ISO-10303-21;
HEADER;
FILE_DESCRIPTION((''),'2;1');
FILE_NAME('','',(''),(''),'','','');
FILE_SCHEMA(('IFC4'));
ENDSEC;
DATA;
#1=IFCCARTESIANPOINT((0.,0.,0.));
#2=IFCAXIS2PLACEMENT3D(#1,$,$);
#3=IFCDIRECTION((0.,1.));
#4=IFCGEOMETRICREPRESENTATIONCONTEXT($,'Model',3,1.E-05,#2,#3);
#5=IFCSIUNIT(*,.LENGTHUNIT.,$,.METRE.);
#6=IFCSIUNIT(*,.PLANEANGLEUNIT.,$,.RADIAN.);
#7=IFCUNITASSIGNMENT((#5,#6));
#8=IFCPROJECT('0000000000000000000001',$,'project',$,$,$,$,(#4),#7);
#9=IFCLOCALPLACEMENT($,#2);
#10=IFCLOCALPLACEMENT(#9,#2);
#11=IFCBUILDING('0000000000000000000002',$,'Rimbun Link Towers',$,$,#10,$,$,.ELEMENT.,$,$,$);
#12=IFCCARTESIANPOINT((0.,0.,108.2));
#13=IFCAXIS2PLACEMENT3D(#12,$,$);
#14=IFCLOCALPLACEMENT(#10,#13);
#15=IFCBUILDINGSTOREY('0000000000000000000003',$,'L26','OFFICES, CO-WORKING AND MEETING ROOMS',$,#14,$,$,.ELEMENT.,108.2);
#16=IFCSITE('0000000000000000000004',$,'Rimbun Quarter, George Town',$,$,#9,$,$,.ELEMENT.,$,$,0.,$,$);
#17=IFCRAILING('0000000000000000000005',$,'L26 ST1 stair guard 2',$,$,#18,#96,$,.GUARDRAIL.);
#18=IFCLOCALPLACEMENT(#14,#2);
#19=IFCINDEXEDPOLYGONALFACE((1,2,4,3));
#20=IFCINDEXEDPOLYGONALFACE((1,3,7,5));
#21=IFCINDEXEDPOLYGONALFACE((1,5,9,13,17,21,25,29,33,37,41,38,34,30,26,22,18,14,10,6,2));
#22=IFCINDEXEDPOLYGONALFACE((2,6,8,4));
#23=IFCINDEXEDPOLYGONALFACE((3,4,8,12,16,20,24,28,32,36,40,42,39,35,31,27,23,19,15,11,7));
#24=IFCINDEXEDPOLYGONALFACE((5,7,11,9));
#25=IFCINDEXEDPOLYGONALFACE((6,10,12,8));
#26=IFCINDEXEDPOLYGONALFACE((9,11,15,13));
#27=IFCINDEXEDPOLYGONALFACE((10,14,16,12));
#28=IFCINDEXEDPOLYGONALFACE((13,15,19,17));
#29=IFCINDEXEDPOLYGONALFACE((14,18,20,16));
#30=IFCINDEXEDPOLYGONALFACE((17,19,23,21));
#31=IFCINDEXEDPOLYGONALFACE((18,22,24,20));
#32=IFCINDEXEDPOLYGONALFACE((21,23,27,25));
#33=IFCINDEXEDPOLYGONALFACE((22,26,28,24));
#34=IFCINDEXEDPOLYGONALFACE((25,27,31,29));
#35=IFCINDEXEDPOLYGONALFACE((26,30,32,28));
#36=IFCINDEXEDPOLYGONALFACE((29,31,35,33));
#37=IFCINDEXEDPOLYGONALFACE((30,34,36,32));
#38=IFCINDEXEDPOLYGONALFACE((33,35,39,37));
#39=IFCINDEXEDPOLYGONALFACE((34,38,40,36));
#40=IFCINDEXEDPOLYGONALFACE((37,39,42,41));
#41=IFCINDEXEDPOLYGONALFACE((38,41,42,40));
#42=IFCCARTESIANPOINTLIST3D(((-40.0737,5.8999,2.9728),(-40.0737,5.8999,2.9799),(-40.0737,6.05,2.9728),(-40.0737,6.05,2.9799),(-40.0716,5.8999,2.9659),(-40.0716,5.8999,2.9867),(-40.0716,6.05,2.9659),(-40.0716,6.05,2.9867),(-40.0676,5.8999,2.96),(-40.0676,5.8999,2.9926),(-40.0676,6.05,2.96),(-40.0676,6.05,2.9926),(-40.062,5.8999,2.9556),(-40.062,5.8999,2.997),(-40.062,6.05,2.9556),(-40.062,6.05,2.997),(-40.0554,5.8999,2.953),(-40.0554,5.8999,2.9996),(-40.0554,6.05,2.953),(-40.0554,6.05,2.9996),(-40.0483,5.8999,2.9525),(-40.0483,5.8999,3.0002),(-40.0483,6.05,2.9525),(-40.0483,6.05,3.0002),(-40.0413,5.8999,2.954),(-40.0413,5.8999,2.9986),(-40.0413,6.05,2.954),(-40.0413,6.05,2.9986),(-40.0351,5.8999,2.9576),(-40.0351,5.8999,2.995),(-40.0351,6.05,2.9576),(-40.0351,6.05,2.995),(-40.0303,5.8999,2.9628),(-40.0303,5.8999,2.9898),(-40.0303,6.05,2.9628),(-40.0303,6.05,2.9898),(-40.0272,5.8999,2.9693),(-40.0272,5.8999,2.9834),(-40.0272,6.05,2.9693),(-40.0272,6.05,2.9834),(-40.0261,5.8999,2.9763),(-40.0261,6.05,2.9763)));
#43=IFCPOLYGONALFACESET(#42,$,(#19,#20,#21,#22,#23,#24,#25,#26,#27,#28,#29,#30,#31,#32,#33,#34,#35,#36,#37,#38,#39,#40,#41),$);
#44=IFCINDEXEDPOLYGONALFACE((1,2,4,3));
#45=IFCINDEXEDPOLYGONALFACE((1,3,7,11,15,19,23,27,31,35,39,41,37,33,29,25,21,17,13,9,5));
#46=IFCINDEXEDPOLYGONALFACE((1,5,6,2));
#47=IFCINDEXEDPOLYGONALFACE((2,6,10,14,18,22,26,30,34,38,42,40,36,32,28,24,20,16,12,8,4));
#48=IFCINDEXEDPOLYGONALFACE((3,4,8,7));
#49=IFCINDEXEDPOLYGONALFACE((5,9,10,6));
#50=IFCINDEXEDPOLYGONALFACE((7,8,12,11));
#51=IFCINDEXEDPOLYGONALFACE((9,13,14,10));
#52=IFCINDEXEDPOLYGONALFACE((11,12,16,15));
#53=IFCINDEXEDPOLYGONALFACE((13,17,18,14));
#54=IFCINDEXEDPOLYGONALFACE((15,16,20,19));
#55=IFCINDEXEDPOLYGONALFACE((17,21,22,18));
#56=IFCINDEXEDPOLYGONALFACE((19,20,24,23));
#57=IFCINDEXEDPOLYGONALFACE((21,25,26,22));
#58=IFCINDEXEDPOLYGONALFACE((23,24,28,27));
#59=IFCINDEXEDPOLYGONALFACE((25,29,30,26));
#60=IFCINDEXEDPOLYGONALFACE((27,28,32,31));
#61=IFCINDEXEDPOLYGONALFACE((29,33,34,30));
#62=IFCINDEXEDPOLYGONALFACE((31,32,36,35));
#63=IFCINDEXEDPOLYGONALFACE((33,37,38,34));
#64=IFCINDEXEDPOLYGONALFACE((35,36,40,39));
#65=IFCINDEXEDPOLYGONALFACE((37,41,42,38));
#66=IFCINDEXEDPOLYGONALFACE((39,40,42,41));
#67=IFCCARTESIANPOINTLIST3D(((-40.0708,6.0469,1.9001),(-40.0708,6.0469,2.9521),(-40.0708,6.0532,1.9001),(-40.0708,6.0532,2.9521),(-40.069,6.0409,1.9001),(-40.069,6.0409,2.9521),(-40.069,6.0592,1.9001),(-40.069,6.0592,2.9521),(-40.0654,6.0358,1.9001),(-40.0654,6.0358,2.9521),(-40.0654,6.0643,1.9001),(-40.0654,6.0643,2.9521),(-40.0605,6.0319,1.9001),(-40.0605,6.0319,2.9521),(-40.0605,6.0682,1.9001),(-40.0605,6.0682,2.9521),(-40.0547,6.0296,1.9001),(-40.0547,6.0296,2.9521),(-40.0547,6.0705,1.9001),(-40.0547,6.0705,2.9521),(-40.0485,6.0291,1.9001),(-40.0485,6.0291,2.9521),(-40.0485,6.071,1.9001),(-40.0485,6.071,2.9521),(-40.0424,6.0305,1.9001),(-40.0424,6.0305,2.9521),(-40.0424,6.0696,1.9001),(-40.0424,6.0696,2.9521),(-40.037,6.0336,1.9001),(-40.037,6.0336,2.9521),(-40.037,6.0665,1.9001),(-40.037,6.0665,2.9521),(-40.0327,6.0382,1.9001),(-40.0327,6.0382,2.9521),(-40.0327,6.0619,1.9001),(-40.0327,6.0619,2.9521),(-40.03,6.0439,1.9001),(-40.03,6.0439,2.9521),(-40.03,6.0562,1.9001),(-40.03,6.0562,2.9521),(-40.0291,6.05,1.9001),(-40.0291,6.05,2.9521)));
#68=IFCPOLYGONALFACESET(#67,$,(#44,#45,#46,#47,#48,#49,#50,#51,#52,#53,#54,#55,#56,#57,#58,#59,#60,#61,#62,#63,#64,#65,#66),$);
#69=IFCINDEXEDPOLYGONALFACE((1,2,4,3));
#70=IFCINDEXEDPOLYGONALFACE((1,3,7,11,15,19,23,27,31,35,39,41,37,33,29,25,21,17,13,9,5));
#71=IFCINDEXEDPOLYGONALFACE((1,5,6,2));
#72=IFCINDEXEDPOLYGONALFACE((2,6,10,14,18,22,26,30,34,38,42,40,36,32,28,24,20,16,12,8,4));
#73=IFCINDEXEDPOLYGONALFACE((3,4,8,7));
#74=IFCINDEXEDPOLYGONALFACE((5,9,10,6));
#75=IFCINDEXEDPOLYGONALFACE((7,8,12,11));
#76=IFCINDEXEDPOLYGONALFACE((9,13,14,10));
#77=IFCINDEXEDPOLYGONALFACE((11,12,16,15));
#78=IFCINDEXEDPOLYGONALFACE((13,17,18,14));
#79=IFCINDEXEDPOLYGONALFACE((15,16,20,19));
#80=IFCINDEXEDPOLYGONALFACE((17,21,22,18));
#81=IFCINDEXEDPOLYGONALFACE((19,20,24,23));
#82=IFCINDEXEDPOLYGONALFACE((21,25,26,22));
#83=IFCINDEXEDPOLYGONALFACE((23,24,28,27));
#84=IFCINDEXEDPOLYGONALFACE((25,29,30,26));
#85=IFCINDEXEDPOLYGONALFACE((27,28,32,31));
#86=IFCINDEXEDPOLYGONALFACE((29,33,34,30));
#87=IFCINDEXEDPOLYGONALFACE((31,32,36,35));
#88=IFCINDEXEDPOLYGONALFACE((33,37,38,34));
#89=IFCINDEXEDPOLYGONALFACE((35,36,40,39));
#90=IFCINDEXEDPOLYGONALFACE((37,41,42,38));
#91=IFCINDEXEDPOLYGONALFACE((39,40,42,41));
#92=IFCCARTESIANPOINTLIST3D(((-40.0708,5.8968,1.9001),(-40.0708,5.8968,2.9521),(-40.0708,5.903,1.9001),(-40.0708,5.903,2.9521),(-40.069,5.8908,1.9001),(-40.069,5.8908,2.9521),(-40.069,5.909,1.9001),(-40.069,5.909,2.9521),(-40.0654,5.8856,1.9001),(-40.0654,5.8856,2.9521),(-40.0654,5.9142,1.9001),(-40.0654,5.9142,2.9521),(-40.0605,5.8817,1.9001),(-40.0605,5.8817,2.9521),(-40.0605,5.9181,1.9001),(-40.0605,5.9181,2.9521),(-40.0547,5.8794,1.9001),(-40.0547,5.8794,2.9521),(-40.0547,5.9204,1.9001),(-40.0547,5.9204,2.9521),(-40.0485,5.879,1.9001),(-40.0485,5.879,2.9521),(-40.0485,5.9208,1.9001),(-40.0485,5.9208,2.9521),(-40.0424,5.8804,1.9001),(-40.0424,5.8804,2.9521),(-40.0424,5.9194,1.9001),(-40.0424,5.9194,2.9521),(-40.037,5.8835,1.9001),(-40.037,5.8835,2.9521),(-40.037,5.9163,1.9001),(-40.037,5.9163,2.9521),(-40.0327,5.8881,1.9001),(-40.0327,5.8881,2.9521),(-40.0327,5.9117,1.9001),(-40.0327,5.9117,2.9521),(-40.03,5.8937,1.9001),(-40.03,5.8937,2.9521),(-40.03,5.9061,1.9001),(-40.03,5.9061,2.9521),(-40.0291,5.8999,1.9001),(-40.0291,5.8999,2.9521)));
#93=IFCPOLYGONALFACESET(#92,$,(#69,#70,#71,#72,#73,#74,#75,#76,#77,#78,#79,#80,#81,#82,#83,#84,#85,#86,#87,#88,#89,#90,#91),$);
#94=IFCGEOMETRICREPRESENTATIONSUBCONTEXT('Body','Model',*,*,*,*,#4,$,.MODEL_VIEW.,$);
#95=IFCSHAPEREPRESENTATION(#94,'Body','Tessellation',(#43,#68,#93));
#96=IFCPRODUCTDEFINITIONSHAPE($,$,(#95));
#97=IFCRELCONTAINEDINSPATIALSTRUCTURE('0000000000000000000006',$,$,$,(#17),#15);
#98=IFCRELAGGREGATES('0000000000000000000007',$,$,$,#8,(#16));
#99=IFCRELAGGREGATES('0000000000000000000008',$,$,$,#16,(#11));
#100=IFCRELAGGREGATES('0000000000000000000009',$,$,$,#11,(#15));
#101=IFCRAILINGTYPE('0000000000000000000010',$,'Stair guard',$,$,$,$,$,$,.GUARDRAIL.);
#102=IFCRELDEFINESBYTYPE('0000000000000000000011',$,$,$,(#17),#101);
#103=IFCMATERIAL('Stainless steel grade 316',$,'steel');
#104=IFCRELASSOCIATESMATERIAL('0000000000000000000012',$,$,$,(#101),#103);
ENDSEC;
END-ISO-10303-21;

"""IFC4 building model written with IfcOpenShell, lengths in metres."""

from ifc_helpers import new_model, si_unit, direction, frame, origin, origin_2d, place, context, subcontext, project, spatial, circle, extrude, material, type_object, element, save


model = new_model("IFC4")

# Units and contexts
model_context = context("Model", 3, precision=1e-05, world=origin(), true_north=direction((0.0, 1.0)))
body_context = subcontext(model_context, "Body", "Model", "MODEL_VIEW")
ifc_project = project(units=[si_unit("LENGTHUNIT", "METRE"), si_unit("PLANEANGLEUNIT", "RADIAN")], contexts=[model_context])

# Site, building, storey
site_placement = place(None, origin())
site = spatial("IfcSite", under=ifc_project, at=site_placement, Name="Rimbun Quarter, George Town", CompositionType="ELEMENT", RefElevation=0.0)
building_placement = place(site_placement, origin())
building = spatial("IfcBuilding", under=site, at=building_placement, Name="Rimbun Link Towers", CompositionType="ELEMENT")
storey_placement = place(building_placement, frame((0.0, 0.0, 108.2)))
storey = spatial("IfcBuildingStorey", under=building, at=storey_placement, Name="L26", Description="OFFICES, CO-WORKING AND MEETING ROOMS", CompositionType="ELEMENT", Elevation=108.2)

# Railing
ifc_material_1 = material(Name="Stainless steel grade 316", Category="steel")
railing_type_1 = type_object("IfcRailingType", Name="Stair guard", PredefinedType="GUARDRAIL", material=ifc_material_1)
railing_1_placement = place(storey_placement, frame((-40.05, 6.05, 1.9001)))
element("IfcRailing", 1, at=railing_1_placement, inside=storey, type_object=railing_type_1, Name="L26 ST1 stair guard 2", PredefinedType="GUARDRAIL", context=body_context, shape_type="SweptSolid", body=[
    extrude(circle(Radius=0.0239, at=origin_2d()), frame((0.0, 0.0, 1.0762), z_axis=(0.0, -1.0, 0.0), x_axis=(1.0, 0.0, 0.0)), (0.0, 0.0, 1.0), 0.1501),
    extrude(circle(Radius=0.021, at=origin_2d()), origin(), (0.0, 0.0, 1.0), 1.052),
    extrude(circle(Radius=0.021, at=origin_2d()), frame((0.0, -0.1501, 0.0)), (0.0, 0.0, 1.0), 1.052),
])

save(model, "model.ifc")
